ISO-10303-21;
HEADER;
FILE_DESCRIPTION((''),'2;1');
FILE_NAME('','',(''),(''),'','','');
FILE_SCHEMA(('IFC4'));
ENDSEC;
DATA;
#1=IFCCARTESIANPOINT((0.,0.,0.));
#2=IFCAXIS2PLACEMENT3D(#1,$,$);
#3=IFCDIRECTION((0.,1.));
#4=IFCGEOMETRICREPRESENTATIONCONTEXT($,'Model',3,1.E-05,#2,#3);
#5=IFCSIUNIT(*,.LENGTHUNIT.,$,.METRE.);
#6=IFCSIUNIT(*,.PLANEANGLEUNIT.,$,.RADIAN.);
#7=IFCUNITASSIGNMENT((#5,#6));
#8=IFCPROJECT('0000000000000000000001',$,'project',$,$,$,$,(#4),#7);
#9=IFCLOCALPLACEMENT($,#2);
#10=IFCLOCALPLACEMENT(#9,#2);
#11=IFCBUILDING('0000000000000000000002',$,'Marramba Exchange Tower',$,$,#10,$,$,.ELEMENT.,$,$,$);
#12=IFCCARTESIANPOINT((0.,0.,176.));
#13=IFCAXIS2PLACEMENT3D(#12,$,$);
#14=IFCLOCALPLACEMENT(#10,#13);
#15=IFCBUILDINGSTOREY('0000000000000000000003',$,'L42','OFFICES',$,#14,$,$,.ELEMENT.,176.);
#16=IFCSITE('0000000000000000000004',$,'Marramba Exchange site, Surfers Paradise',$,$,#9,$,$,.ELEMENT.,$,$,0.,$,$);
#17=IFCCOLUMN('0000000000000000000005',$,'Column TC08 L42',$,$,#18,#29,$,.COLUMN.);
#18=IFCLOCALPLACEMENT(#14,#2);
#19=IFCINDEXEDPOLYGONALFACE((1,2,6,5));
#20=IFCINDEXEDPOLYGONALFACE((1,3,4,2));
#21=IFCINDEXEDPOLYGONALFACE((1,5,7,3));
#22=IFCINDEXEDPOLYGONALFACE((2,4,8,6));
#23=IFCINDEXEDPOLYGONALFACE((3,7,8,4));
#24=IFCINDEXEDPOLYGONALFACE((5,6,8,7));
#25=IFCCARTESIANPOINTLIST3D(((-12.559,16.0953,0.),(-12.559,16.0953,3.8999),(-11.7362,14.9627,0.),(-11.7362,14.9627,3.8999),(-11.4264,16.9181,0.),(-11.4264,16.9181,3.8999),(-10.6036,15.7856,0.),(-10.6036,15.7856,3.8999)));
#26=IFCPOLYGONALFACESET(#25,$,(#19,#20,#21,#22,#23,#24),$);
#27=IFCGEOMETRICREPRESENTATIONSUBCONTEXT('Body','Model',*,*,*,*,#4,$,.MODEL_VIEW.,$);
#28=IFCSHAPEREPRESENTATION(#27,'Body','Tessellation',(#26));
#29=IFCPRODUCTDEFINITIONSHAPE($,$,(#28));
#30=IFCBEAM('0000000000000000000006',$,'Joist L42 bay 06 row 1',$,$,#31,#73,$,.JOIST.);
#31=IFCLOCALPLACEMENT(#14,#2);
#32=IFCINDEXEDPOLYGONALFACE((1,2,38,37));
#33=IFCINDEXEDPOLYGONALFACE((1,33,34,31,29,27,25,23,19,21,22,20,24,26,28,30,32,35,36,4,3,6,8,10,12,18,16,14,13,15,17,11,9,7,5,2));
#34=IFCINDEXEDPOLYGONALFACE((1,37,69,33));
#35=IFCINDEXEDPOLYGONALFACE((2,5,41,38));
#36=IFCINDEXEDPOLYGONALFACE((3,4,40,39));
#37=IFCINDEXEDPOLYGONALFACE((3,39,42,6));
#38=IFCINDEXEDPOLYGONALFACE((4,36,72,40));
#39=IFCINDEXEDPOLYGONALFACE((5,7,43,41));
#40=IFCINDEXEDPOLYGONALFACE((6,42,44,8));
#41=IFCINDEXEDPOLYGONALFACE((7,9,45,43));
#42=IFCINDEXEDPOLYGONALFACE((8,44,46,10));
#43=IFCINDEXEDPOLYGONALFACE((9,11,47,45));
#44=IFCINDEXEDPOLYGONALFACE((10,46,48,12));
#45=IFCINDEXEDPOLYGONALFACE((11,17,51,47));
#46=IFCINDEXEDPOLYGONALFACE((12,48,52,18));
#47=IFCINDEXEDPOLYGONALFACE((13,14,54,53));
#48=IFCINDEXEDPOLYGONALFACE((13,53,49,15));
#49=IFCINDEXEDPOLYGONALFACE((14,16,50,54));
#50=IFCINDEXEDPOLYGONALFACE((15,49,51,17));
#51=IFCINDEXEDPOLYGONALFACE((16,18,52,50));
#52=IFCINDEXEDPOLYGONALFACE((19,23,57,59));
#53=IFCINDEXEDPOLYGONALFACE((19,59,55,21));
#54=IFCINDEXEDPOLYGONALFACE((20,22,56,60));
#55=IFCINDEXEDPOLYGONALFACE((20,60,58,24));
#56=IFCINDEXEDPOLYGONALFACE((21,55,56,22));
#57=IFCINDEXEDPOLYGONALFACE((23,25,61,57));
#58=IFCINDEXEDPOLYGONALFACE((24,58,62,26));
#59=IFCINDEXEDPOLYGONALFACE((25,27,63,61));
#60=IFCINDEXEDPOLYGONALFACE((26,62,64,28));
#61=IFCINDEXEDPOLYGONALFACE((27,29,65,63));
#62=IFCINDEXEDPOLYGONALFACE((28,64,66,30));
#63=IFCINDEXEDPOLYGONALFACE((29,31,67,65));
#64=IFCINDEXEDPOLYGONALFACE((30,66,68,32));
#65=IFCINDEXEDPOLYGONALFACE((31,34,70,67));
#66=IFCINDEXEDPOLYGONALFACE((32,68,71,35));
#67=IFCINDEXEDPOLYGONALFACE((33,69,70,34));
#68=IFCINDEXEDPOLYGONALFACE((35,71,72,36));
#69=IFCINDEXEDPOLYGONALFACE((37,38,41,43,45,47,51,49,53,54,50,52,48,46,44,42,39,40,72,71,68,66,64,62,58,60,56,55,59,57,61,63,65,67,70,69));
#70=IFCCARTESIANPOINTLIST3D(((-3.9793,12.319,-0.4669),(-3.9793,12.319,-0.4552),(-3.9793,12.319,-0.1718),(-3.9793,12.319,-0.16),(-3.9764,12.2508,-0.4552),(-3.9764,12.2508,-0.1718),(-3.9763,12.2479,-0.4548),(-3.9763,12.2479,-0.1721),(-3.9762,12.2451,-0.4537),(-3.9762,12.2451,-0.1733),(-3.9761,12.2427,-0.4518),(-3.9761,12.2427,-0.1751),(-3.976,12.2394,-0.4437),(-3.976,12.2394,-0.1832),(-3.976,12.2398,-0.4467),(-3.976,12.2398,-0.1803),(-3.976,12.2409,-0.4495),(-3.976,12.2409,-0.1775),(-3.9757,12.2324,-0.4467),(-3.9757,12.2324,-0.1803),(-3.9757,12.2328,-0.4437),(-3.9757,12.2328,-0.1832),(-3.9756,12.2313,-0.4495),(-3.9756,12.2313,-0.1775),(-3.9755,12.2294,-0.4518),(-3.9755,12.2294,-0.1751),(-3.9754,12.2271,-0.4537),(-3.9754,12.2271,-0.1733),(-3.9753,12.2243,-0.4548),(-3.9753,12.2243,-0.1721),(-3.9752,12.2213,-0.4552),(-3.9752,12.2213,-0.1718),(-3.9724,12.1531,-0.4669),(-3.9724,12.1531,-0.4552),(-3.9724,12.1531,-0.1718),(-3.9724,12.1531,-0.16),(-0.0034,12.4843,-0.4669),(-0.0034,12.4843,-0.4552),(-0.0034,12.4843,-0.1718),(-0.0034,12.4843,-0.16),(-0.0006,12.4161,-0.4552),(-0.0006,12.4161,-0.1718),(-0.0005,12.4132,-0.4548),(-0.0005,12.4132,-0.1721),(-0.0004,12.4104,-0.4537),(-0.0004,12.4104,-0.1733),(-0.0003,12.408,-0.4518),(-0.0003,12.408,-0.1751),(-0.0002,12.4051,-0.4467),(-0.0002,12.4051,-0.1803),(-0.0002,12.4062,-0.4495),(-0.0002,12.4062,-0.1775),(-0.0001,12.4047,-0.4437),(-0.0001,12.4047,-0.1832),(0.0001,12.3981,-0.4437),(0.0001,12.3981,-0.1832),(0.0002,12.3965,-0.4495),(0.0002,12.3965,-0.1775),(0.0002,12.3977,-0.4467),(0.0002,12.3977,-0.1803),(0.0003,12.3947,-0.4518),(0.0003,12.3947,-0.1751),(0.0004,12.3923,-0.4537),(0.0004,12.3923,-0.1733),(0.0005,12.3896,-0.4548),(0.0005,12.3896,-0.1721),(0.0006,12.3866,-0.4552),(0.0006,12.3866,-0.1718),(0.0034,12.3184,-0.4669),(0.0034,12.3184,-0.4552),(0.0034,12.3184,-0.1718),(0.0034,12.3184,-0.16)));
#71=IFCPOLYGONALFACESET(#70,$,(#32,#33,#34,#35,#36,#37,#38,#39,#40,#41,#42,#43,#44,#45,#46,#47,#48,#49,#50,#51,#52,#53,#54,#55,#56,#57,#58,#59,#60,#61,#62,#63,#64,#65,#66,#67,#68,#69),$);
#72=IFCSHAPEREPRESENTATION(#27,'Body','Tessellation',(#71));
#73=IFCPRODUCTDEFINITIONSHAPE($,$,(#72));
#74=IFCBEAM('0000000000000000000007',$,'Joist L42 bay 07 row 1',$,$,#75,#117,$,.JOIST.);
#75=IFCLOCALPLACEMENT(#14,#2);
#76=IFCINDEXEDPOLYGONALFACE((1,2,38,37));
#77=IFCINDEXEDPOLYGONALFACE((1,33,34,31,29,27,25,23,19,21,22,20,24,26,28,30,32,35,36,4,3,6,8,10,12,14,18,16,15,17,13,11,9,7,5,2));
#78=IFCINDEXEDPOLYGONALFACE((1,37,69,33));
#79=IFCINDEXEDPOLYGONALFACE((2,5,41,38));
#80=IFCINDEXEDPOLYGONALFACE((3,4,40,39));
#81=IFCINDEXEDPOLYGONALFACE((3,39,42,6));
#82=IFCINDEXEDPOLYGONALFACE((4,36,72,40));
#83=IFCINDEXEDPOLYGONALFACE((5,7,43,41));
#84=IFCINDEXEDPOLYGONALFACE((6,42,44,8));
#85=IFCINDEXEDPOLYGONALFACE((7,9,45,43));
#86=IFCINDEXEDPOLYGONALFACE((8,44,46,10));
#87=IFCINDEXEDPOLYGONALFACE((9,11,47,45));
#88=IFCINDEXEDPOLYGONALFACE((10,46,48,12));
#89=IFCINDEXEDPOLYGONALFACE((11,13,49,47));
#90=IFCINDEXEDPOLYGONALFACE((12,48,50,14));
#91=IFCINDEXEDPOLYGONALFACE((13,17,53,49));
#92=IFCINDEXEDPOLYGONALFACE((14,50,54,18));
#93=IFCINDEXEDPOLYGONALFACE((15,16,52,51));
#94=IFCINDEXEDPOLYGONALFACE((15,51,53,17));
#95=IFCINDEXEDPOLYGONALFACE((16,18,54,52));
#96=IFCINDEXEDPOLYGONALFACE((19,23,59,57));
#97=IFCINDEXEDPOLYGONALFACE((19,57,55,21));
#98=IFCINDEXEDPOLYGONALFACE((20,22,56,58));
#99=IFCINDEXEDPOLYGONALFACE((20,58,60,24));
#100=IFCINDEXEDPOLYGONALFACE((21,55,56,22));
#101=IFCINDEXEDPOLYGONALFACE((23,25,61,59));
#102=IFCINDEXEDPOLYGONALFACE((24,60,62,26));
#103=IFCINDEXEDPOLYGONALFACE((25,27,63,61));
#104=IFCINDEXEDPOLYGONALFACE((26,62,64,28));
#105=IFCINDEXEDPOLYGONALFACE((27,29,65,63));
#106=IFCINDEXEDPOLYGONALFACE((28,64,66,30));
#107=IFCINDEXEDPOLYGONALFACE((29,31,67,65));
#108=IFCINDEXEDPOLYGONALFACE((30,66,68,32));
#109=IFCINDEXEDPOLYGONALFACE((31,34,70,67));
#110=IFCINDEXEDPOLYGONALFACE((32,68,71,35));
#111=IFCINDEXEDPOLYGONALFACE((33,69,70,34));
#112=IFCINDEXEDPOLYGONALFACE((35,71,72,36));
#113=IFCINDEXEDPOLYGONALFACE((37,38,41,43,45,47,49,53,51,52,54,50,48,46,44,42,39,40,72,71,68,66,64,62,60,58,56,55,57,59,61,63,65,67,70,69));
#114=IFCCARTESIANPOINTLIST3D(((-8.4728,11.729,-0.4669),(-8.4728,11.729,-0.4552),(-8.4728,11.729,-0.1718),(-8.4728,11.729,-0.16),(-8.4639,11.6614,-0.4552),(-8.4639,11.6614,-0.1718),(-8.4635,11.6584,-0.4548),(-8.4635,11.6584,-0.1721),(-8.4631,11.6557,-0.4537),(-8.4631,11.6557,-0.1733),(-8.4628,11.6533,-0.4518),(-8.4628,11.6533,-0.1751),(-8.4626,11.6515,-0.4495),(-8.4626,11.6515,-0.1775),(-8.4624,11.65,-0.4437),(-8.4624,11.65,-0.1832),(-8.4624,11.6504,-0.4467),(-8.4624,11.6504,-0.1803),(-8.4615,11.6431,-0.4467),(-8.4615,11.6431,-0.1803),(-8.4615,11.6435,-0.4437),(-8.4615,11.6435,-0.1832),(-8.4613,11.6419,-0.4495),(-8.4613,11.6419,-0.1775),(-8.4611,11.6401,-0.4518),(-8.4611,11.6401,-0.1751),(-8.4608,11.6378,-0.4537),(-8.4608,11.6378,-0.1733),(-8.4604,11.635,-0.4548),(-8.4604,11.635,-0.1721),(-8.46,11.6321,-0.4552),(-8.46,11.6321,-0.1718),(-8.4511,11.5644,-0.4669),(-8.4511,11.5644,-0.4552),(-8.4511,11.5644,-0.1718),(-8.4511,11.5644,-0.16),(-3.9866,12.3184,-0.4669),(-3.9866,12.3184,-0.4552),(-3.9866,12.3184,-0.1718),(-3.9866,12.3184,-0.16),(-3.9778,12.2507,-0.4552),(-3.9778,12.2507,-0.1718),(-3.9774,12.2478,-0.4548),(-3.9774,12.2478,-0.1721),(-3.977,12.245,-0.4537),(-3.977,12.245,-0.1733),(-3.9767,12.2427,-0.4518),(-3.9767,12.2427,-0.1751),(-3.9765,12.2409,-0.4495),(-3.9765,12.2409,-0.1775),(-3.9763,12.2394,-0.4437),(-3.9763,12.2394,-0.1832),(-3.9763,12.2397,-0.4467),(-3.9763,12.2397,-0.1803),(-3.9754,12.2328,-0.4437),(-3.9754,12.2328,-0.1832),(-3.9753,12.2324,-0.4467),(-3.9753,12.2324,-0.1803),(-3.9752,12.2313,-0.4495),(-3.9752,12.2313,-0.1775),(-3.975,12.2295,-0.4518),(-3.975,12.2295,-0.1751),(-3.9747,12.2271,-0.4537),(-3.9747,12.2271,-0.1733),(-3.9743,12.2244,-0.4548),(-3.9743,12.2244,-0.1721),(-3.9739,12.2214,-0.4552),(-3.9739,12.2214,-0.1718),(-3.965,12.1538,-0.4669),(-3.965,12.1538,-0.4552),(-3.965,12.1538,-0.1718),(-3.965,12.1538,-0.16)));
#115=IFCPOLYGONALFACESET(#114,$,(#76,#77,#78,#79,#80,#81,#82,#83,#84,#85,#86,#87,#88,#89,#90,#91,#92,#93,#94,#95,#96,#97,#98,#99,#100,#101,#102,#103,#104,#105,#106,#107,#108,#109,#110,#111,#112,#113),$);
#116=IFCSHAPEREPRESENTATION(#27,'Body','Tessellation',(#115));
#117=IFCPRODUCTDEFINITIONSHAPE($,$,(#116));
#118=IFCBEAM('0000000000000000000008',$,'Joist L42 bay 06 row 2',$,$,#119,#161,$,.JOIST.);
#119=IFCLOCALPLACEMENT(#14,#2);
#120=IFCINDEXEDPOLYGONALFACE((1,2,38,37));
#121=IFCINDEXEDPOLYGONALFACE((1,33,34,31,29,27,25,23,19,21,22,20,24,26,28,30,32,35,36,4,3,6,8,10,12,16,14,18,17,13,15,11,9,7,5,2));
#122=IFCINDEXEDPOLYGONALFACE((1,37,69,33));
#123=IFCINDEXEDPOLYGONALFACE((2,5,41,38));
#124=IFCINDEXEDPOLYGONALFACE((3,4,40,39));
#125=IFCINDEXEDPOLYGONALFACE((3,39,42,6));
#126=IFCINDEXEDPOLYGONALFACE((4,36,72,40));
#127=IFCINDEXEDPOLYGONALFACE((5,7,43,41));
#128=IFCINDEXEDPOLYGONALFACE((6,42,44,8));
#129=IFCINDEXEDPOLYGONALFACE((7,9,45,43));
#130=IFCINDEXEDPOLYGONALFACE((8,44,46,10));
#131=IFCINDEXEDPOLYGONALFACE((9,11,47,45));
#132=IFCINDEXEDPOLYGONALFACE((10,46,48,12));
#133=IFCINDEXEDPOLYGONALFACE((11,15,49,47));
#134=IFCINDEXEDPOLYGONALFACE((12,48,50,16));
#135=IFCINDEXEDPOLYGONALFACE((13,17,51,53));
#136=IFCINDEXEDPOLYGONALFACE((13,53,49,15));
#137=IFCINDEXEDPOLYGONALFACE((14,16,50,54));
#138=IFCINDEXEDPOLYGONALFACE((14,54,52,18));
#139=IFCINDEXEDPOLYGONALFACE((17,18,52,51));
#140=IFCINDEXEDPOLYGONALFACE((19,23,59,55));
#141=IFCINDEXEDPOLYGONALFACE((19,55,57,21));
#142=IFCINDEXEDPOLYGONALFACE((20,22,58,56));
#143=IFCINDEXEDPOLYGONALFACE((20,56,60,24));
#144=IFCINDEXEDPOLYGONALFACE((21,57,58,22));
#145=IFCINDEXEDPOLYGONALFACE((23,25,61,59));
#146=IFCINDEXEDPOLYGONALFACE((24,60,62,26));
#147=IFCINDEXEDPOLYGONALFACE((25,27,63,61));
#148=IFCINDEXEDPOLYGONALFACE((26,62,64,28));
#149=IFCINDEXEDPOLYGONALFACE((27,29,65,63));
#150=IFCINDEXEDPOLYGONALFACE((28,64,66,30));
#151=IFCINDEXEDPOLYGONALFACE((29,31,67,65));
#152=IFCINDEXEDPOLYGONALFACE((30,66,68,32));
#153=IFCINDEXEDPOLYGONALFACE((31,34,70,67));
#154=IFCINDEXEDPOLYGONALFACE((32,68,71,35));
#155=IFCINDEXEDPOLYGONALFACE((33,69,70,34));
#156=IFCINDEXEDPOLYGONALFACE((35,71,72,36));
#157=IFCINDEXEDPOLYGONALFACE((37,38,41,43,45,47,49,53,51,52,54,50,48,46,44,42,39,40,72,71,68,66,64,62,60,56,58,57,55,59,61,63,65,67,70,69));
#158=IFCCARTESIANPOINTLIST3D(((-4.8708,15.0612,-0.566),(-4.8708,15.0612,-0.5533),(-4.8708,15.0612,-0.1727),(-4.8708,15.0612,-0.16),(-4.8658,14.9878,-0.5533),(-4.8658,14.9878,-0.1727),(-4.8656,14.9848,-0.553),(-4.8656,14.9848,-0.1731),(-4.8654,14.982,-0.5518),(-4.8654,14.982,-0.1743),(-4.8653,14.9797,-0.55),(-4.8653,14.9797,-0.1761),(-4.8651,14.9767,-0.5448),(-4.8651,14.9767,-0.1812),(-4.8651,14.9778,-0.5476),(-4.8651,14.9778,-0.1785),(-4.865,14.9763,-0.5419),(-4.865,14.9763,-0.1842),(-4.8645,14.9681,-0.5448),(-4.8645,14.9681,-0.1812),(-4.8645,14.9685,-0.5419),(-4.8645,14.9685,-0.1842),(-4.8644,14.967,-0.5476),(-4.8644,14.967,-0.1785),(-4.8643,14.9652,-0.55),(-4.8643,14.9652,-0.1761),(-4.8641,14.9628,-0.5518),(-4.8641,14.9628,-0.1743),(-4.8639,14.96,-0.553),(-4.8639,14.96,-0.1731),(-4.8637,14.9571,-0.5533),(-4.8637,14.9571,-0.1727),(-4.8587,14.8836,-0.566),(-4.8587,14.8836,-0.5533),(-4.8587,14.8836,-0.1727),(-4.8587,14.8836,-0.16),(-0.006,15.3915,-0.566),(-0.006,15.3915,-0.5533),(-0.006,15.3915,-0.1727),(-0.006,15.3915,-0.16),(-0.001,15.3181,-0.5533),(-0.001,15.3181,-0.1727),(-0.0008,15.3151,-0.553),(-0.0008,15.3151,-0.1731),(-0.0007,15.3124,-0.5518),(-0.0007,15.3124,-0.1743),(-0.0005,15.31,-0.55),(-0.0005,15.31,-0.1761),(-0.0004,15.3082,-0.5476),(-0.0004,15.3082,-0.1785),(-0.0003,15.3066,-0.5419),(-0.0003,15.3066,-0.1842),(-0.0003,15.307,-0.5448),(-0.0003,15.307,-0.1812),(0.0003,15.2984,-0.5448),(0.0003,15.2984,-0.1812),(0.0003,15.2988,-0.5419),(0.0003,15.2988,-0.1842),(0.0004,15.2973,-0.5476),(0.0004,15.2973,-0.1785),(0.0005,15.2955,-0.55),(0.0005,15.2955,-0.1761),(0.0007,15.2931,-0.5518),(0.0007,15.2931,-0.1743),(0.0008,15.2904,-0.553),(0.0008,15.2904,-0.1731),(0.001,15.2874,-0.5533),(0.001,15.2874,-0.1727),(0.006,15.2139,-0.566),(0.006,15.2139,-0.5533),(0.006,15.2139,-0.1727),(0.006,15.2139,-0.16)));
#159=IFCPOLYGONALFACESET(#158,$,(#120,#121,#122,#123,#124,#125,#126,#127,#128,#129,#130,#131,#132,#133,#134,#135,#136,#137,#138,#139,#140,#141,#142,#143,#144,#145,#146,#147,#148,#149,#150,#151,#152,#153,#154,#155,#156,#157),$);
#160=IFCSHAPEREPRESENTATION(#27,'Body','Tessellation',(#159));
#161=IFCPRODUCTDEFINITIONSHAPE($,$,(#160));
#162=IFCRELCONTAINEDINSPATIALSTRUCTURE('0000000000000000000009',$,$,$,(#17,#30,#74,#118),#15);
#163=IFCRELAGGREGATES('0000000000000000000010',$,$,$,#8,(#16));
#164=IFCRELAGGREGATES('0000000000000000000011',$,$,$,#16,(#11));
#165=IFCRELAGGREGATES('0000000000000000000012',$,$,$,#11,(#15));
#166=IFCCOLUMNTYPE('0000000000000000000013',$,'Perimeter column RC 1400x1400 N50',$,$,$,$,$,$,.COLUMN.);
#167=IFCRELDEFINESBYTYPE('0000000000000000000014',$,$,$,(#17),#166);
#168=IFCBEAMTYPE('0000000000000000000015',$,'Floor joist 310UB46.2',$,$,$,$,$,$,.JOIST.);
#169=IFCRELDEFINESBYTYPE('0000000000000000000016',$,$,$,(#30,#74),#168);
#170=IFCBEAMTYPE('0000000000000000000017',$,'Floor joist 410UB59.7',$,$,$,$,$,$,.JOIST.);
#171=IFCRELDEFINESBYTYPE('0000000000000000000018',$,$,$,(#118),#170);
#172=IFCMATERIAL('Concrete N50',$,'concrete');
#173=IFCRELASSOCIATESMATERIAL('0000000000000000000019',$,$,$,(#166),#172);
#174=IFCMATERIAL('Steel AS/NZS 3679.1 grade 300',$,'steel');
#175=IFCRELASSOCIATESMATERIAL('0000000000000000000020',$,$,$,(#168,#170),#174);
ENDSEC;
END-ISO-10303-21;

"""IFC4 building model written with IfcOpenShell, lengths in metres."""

from ifc_helpers import new_model, si_unit, direction, frame, origin, origin_2d, place, context, subcontext, project, spatial, rectangle, i_section, extrude, material, material_profile, profile_set, type_object, element, save


model = new_model("IFC4")

# Units and contexts
model_context = context("Model", 3, precision=1e-05, world=origin(), true_north=direction((0.0, 1.0)))
body_context = subcontext(model_context, "Body", "Model", "MODEL_VIEW")
ifc_project = project(units=[si_unit("LENGTHUNIT", "METRE"), si_unit("PLANEANGLEUNIT", "RADIAN")], contexts=[model_context])

# Site, building, storey
site_placement = place(None, origin())
site = spatial("IfcSite", under=ifc_project, at=site_placement, Name="Marramba Exchange site, Surfers Paradise", CompositionType="ELEMENT", RefElevation=0.0)
building_placement = place(site_placement, origin())
building = spatial("IfcBuilding", under=site, at=building_placement, Name="Marramba Exchange Tower", CompositionType="ELEMENT")
storey_placement = place(building_placement, frame((0.0, 0.0, 176.0)))
storey = spatial("IfcBuildingStorey", under=building, at=storey_placement, Name="L42", Description="OFFICES", CompositionType="ELEMENT", Elevation=176.0)

# Column
ifc_material_1 = material(Name="Concrete N50", Category="concrete")
ifc_material_profile_1 = material_profile(ifc_material_1, rectangle(XDim=1.3999, YDim=1.3999, at=origin_2d()), Name="RC 1400x1400")
ifc_profile_set_1 = profile_set([ifc_material_profile_1], Name="Concrete N50")
column_type = type_object("IfcColumnType", Name="Perimeter column RC 1400x1400 N50", PredefinedType="COLUMN", material=ifc_profile_set_1)
column_placement = place(storey_placement, frame((-11.5813, 15.9404, 0.0), z_axis=(0.0, 0.0, 1.0), x_axis=(-0.587785, 0.809017, 0.0)))
element("IfcColumn", 1, at=column_placement, inside=storey, type_object=column_type, Name="Column TC08 L42", PredefinedType="COLUMN", context=body_context, shape_type="SweptSolid", body=[
    extrude(rectangle(XDim=1.3999, YDim=1.3999, at=origin_2d()), origin(), (0.0, 0.0, 1.0), 3.8999),
])

# Beams
ifc_material_2 = material(Name="Steel AS/NZS 3679.1 grade 300", Category="steel")
ifc_material_profile_2 = material_profile(ifc_material_2, i_section(OverallWidth=0.166, OverallDepth=0.3069, WebThickness=0.0066, FlangeThickness=0.0117, FilletRadius=0.0115, at=origin_2d()), Name="310UB46.2")
ifc_profile_set_2 = profile_set([ifc_material_profile_2], Name="Steel AS/NZS 3679.1 grade 300")
beam_type_1 = type_object("IfcBeamType", Name="Floor joist 310UB46.2", PredefinedType="JOIST", material=ifc_profile_set_2)
beam_1_placement = place(storey_placement, frame((0.0, 12.4014, -0.3135), z_axis=(-0.999137, -0.041536, 0.0), x_axis=(0.041536, -0.999137, 0.0)))
element("IfcBeam", 2, at=beam_1_placement, inside=storey, type_object=beam_type_1, Name="Joist L42 bay 06 row 1", PredefinedType="JOIST", context=body_context, shape_type="SweptSolid", body=[
    extrude(i_section(OverallWidth=0.166, OverallDepth=0.3069, WebThickness=0.0066, FlangeThickness=0.0117, FilletRadius=0.0115, at=origin_2d()), origin(), (0.0, 0.0, 1.0), 3.9792),
])
beam_2_placement = place(storey_placement, frame((-3.9758, 12.2361, -0.3135), z_axis=(-0.991481, -0.130255, 0.0), x_axis=(0.130255, -0.991481, 0.0)))
element("IfcBeam", 3, at=beam_2_placement, inside=storey, type_object=beam_type_1, Name="Joist L42 bay 07 row 1", PredefinedType="JOIST", context=body_context, shape_type="SweptSolid", body=[
    extrude(i_section(OverallWidth=0.166, OverallDepth=0.3069, WebThickness=0.0066, FlangeThickness=0.0117, FilletRadius=0.0115, at=origin_2d()), origin(), (0.0, 0.0, 1.0), 4.5247),
])
ifc_material_profile_3 = material_profile(ifc_material_2, i_section(OverallWidth=0.178, OverallDepth=0.406, WebThickness=0.0078, FlangeThickness=0.0127, FilletRadius=0.0115, at=origin_2d()), Name="410UB59.7")
ifc_profile_set_3 = profile_set([ifc_material_profile_3], Name="Steel AS/NZS 3679.1 grade 300")
beam_type_2 = type_object("IfcBeamType", Name="Floor joist 410UB59.7", PredefinedType="JOIST", material=ifc_profile_set_3)
beam_3_placement = place(storey_placement, frame((0.0, 15.3027, -0.363), z_axis=(-0.997703, -0.067745, 0.0), x_axis=(0.067745, -0.997703, 0.0)))
element("IfcBeam", 4, at=beam_3_placement, inside=storey, type_object=beam_type_2, Name="Joist L42 bay 06 row 2", PredefinedType="JOIST", context=body_context, shape_type="SweptSolid", body=[
    extrude(i_section(OverallWidth=0.178, OverallDepth=0.406, WebThickness=0.0078, FlangeThickness=0.0127, FilletRadius=0.0115, at=origin_2d()), origin(), (0.0, 0.0, 1.0), 4.876),
])

save(model, "model.ifc")
